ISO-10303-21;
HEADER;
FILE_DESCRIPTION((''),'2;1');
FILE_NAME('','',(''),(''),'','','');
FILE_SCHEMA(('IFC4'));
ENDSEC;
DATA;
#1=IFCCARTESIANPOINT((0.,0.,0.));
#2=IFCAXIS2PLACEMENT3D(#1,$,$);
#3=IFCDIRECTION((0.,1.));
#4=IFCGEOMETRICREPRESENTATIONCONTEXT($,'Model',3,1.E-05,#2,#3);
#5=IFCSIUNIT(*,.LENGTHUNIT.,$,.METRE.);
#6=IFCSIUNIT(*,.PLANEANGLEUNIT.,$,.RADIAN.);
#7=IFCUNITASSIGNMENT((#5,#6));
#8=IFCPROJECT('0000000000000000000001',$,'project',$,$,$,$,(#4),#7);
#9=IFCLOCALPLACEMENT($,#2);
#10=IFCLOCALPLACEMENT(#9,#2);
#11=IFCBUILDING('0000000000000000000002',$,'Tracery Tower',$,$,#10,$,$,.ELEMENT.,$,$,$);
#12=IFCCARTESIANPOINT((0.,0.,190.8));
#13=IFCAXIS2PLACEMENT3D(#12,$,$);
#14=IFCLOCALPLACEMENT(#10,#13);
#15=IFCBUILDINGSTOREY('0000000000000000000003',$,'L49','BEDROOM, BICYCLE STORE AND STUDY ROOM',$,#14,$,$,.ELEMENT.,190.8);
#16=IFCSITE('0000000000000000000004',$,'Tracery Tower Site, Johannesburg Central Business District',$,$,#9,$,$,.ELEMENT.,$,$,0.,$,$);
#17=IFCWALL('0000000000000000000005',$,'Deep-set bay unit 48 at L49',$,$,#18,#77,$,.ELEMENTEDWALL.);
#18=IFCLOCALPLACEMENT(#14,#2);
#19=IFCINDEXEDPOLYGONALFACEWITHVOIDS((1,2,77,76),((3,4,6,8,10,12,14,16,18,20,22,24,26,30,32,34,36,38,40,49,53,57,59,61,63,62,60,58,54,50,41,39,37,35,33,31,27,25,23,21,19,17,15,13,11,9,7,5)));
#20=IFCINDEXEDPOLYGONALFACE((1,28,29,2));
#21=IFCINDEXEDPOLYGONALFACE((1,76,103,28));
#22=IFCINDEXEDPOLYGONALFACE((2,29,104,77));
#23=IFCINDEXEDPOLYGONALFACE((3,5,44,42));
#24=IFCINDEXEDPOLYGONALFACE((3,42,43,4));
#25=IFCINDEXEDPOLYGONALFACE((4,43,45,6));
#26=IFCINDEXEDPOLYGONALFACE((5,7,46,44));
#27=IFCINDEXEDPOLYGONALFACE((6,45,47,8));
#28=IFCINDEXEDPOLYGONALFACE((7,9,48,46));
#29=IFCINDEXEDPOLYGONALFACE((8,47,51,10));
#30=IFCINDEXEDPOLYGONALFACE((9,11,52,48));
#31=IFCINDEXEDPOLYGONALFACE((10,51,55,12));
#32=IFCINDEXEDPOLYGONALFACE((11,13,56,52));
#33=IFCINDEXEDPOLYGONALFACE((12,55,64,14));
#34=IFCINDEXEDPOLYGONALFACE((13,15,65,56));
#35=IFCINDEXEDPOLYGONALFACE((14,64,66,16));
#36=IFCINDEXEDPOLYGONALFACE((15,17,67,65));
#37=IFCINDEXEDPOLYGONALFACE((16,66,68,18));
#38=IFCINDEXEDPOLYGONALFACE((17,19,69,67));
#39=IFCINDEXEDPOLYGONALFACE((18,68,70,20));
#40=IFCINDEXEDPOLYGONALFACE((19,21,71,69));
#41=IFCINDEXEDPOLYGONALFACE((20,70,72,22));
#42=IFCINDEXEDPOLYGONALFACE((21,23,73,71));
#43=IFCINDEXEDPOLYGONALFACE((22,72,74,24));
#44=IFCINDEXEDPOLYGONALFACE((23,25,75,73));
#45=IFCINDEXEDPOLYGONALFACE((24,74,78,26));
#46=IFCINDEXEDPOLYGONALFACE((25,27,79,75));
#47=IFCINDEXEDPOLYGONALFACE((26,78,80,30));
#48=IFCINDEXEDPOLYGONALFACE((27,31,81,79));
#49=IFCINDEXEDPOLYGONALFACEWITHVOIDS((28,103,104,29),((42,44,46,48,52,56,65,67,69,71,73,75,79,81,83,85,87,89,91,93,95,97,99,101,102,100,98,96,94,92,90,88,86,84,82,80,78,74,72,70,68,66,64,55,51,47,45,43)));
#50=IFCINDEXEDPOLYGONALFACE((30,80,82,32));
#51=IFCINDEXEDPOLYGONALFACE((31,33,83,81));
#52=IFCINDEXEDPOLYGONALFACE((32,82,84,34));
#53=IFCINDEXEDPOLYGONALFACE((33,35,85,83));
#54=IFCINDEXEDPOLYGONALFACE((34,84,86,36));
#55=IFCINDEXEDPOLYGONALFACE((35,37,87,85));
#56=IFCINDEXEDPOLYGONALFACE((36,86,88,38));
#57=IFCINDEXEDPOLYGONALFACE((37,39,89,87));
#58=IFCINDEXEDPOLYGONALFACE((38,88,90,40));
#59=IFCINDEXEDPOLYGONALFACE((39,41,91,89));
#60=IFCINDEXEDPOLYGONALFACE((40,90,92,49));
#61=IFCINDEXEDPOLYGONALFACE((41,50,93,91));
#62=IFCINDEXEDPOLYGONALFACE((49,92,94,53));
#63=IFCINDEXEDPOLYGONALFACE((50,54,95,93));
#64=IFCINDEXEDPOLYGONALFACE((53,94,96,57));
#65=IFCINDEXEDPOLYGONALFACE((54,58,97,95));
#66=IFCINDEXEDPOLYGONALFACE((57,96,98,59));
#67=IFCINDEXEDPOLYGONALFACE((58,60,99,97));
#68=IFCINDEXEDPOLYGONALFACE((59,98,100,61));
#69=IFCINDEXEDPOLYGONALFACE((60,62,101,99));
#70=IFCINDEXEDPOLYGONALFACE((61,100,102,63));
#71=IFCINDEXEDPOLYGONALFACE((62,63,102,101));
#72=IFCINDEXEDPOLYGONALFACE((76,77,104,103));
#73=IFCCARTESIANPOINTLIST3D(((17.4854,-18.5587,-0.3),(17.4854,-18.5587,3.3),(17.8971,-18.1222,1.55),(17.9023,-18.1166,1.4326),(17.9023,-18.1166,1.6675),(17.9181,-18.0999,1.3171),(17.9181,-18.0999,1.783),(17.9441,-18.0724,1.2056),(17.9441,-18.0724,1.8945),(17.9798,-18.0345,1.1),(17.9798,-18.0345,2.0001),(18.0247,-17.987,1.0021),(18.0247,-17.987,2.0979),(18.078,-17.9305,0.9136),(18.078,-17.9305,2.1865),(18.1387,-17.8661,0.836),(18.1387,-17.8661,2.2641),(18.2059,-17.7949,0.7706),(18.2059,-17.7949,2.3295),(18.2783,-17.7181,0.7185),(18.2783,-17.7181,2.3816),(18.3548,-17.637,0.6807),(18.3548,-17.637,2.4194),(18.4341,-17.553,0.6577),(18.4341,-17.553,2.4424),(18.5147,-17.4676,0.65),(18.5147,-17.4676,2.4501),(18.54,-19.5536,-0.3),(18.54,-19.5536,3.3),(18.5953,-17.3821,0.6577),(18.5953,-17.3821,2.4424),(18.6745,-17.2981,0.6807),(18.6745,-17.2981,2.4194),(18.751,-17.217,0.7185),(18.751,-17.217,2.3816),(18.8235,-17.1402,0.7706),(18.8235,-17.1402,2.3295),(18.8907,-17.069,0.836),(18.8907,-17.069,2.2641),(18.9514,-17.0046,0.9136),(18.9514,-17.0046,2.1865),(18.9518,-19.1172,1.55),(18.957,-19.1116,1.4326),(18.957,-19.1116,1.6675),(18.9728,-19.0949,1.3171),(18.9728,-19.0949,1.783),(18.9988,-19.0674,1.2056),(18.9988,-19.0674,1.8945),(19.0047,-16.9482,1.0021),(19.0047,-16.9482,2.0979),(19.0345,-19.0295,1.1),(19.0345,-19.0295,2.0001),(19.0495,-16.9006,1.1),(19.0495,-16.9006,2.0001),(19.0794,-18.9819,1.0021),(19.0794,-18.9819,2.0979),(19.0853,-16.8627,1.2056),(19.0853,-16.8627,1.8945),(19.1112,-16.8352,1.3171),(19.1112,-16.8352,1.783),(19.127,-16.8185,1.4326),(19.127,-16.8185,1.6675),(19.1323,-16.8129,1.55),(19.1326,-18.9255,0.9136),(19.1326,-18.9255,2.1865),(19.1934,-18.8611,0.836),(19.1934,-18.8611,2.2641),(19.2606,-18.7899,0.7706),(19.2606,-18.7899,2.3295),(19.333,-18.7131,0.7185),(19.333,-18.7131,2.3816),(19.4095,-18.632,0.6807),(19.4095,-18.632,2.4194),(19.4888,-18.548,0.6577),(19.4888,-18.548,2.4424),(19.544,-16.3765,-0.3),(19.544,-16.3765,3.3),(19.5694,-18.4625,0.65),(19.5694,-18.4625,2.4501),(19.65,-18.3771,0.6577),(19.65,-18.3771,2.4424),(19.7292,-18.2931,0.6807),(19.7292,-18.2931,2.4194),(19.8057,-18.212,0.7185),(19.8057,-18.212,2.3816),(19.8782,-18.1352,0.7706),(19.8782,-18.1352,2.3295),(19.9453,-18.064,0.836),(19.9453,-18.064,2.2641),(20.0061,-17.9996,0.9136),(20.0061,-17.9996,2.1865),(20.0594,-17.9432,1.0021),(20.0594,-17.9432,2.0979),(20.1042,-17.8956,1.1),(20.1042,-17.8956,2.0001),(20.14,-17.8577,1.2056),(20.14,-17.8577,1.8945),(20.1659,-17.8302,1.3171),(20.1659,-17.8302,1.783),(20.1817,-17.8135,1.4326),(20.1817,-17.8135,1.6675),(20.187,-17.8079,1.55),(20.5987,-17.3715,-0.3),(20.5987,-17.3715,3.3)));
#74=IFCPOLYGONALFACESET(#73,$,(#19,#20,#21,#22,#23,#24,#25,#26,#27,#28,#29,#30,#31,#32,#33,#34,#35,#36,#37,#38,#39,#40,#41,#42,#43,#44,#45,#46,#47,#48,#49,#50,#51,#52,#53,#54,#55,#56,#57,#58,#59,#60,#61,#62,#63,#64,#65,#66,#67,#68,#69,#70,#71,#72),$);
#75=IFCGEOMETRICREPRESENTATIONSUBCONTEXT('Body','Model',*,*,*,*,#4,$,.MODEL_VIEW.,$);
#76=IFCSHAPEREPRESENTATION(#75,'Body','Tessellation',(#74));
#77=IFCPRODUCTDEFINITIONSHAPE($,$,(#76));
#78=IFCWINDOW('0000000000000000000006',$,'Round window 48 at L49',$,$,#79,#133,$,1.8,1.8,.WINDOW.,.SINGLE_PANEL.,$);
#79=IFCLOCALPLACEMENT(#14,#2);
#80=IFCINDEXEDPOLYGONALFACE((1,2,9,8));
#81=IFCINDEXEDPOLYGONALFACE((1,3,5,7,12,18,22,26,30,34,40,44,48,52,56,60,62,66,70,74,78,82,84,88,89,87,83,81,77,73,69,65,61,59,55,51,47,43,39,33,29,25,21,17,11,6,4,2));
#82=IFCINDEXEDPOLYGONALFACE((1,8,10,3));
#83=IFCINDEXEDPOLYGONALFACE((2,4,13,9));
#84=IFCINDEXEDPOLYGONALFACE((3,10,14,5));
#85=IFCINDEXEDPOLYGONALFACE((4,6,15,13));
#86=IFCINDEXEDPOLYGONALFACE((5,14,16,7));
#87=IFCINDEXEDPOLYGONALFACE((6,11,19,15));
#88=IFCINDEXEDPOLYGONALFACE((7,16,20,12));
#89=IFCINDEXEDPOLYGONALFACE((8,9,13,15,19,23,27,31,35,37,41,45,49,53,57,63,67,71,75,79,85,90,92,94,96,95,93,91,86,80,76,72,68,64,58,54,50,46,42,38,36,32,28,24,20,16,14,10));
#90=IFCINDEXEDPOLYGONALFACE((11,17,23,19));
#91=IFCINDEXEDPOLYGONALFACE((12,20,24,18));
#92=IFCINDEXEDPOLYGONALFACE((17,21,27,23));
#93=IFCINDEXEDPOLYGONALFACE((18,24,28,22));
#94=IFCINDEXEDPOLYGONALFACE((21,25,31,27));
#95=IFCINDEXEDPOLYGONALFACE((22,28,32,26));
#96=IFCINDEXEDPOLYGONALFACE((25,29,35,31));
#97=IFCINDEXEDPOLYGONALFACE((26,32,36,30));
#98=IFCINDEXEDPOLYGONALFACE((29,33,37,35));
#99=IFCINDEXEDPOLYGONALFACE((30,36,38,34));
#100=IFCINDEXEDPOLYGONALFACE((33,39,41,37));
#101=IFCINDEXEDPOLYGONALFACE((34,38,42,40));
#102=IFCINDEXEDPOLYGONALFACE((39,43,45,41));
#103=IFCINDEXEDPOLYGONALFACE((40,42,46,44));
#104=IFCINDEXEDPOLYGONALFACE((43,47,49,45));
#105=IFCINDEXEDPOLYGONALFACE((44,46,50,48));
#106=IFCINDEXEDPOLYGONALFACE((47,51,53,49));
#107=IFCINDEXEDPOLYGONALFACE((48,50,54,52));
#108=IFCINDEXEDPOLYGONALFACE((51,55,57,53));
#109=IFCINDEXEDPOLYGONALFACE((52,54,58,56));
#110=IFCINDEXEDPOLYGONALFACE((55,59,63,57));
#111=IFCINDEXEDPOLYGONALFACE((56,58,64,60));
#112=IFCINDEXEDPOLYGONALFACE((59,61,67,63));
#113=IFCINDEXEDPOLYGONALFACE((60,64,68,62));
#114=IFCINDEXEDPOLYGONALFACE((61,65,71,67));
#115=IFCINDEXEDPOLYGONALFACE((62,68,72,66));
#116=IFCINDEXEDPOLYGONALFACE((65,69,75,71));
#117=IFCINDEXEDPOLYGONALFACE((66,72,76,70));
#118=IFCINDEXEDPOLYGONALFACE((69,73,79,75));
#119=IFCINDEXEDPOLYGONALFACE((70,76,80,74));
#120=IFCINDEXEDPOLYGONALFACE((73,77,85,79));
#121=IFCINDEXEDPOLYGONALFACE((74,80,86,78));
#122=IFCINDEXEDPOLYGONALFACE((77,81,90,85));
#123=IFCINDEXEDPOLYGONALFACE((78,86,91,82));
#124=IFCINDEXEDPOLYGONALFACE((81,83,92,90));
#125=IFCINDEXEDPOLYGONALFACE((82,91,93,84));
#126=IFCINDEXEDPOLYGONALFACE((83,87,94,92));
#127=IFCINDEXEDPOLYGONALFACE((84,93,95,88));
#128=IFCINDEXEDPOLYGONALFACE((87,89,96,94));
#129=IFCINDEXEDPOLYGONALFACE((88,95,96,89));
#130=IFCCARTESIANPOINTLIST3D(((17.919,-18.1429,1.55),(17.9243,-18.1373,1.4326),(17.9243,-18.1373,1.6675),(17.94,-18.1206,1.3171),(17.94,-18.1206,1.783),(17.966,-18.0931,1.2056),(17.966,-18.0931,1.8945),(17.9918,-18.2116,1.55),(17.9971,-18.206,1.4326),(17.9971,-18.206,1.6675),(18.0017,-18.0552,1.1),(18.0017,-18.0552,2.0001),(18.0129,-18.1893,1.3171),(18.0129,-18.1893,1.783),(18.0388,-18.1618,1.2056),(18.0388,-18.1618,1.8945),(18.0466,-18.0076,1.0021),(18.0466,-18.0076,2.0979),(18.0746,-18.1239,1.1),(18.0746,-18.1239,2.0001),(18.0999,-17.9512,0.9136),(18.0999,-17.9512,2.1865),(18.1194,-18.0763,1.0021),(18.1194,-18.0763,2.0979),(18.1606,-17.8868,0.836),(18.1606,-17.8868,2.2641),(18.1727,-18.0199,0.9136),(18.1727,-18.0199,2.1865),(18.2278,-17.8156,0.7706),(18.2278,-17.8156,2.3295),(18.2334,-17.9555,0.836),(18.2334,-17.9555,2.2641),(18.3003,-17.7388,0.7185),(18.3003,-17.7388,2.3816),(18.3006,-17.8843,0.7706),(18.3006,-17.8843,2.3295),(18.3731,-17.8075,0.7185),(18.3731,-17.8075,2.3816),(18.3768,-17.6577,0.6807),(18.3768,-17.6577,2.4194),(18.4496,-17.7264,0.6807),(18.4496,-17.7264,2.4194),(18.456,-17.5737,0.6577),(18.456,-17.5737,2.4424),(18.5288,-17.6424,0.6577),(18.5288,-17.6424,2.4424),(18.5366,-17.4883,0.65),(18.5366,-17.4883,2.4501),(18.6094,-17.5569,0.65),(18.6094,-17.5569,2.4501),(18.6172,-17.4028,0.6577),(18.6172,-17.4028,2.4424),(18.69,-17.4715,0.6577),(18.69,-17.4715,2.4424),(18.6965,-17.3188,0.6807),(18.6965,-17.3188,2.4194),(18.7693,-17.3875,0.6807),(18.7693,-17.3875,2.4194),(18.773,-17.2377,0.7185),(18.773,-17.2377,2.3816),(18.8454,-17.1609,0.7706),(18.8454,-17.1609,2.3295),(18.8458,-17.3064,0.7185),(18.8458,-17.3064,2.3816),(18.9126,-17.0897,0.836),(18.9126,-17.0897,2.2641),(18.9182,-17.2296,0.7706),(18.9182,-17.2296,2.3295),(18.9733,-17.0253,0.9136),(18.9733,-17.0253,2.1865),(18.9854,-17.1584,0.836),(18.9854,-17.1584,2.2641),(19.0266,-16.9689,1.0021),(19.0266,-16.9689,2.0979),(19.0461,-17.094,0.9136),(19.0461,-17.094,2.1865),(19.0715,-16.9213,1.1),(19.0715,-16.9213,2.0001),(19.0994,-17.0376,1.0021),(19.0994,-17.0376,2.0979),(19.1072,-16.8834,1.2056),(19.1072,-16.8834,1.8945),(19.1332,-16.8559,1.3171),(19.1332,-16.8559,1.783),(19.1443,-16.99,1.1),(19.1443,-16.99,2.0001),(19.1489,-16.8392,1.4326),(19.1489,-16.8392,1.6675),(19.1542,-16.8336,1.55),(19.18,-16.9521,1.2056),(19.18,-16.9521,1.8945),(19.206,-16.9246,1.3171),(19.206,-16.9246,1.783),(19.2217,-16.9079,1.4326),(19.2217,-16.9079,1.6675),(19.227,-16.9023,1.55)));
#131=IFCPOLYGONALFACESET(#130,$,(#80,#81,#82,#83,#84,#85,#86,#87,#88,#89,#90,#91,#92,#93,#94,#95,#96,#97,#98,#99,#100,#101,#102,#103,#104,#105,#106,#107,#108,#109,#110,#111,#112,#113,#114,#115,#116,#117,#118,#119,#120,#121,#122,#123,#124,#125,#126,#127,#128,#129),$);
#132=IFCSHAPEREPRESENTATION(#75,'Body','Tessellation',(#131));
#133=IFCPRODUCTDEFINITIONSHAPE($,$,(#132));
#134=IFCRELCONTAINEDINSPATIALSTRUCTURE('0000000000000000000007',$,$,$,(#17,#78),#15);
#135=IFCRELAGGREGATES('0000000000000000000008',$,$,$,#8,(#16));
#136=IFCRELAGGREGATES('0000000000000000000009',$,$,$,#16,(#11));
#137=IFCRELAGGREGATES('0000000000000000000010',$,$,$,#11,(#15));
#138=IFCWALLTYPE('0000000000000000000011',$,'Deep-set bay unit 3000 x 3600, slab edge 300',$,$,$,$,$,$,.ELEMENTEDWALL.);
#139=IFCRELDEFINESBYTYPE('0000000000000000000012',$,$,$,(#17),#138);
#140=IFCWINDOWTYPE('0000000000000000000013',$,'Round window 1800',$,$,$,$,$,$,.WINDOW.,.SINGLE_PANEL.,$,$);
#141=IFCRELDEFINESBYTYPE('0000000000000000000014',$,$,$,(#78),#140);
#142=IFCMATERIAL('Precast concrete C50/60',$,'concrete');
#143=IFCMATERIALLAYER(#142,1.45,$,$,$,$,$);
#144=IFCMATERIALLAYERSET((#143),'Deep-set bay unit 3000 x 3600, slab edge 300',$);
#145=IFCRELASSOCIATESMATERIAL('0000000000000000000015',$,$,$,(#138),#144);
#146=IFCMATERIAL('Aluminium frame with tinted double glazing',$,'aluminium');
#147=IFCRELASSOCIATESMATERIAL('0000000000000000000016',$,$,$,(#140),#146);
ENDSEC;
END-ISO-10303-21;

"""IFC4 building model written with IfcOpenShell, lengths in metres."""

from ifc_helpers import new_model, si_unit, direction, frame, frame_2d, origin, origin_2d, place, context, subcontext, project, spatial, rectangle, circle, extrude, material, layer, layer_set, type_object, element, fill, save


model = new_model("IFC4")

# Units and contexts
model_context = context("Model", 3, precision=1e-05, world=origin(), true_north=direction((0.0, 1.0)))
body_context = subcontext(model_context, "Body", "Model", "MODEL_VIEW")
ifc_project = project(units=[si_unit("LENGTHUNIT", "METRE"), si_unit("PLANEANGLEUNIT", "RADIAN")], contexts=[model_context])

# Site, building, storey
site_placement = place(None, origin())
site = spatial("IfcSite", under=ifc_project, at=site_placement, Name="Tracery Tower Site, Johannesburg Central Business District", CompositionType="ELEMENT", RefElevation=0.0)
building_placement = place(site_placement, origin())
building = spatial("IfcBuilding", under=site, at=building_placement, Name="Tracery Tower", CompositionType="ELEMENT")
storey_placement = place(building_placement, frame((0.0, 0.0, 190.8)))
storey = spatial("IfcBuildingStorey", under=building, at=storey_placement, Name="L49", Description="BEDROOM, BICYCLE STORE AND STUDY ROOM", CompositionType="ELEMENT", Elevation=190.8)

# Wall, opening, window
ifc_material_1 = material(Name="Precast concrete C50/60", Category="concrete")
ifc_layer_1 = layer(ifc_material_1, 1.45)
ifc_layer_set_1 = layer_set([ifc_layer_1], Name="Deep-set bay unit 3000 x 3600, slab edge 300")
wall_type_1 = type_object("IfcWallType", Name="Deep-set bay unit 3000 x 3600, slab edge 300", PredefinedType="ELEMENTEDWALL", material=ifc_layer_set_1)
wall_1_placement = place(storey_placement, frame((18.0127, -19.0562, -0.3), z_axis=(0.0, 0.0, 1.0), x_axis=(0.686217, 0.727397, 0.0)))
wall_1 = element("IfcWall", 1, at=wall_1_placement, inside=storey, type_object=wall_type_1, Name="Deep-set bay unit 48 at L49", PredefinedType="ELEMENTEDWALL", context=body_context, shape_type="SweptSolid", body=[
    extrude(rectangle(XDim=3.0, YDim=1.45, at=frame_2d((1.5, 0.0))), origin(), (0.0, 0.0, 1.0), 3.6001),
])
opening_1_placement = place(wall_1_placement, frame((1.5, 0.0, 1.8501)))
opening_1 = element("IfcOpeningElement", 2, at=opening_1_placement, cuts=wall_1, PredefinedType="OPENING", context=body_context, shape_type="SweptSolid", body=[
    extrude(circle(Radius=0.9, at=origin_2d()), frame((0.0, 0.7349, 0.0), z_axis=(0.0, -1.0, 0.0), x_axis=(1.0, 0.0, 0.0)), (0.0, 0.0, 1.0), 1.47),
])
ifc_material_2 = material(Name="Aluminium frame with tinted double glazing", Category="aluminium")
window_type = type_object("IfcWindowType", Name="Round window 1800", PartitioningType="SINGLE_PANEL", PredefinedType="WINDOW", material=ifc_material_2)
window_1_placement = place(opening_1_placement, origin())
window_1 = element("IfcWindow", 3, at=window_1_placement, inside=storey, type_object=window_type, Name="Round window 48 at L49", OverallHeight=1.8, OverallWidth=1.8, PartitioningType="SINGLE_PANEL", PredefinedType="WINDOW", context=body_context, shape_type="SweptSolid", body=[
    extrude(circle(Radius=0.9, at=origin_2d()), frame((0.0, 0.6948, 0.0), z_axis=(0.0, -1.0, 0.0), x_axis=(1.0, 0.0, 0.0)), (0.0, 0.0, 1.0), 0.1001),
])
fill(opening_1, window_1)

save(model, "model.ifc")
